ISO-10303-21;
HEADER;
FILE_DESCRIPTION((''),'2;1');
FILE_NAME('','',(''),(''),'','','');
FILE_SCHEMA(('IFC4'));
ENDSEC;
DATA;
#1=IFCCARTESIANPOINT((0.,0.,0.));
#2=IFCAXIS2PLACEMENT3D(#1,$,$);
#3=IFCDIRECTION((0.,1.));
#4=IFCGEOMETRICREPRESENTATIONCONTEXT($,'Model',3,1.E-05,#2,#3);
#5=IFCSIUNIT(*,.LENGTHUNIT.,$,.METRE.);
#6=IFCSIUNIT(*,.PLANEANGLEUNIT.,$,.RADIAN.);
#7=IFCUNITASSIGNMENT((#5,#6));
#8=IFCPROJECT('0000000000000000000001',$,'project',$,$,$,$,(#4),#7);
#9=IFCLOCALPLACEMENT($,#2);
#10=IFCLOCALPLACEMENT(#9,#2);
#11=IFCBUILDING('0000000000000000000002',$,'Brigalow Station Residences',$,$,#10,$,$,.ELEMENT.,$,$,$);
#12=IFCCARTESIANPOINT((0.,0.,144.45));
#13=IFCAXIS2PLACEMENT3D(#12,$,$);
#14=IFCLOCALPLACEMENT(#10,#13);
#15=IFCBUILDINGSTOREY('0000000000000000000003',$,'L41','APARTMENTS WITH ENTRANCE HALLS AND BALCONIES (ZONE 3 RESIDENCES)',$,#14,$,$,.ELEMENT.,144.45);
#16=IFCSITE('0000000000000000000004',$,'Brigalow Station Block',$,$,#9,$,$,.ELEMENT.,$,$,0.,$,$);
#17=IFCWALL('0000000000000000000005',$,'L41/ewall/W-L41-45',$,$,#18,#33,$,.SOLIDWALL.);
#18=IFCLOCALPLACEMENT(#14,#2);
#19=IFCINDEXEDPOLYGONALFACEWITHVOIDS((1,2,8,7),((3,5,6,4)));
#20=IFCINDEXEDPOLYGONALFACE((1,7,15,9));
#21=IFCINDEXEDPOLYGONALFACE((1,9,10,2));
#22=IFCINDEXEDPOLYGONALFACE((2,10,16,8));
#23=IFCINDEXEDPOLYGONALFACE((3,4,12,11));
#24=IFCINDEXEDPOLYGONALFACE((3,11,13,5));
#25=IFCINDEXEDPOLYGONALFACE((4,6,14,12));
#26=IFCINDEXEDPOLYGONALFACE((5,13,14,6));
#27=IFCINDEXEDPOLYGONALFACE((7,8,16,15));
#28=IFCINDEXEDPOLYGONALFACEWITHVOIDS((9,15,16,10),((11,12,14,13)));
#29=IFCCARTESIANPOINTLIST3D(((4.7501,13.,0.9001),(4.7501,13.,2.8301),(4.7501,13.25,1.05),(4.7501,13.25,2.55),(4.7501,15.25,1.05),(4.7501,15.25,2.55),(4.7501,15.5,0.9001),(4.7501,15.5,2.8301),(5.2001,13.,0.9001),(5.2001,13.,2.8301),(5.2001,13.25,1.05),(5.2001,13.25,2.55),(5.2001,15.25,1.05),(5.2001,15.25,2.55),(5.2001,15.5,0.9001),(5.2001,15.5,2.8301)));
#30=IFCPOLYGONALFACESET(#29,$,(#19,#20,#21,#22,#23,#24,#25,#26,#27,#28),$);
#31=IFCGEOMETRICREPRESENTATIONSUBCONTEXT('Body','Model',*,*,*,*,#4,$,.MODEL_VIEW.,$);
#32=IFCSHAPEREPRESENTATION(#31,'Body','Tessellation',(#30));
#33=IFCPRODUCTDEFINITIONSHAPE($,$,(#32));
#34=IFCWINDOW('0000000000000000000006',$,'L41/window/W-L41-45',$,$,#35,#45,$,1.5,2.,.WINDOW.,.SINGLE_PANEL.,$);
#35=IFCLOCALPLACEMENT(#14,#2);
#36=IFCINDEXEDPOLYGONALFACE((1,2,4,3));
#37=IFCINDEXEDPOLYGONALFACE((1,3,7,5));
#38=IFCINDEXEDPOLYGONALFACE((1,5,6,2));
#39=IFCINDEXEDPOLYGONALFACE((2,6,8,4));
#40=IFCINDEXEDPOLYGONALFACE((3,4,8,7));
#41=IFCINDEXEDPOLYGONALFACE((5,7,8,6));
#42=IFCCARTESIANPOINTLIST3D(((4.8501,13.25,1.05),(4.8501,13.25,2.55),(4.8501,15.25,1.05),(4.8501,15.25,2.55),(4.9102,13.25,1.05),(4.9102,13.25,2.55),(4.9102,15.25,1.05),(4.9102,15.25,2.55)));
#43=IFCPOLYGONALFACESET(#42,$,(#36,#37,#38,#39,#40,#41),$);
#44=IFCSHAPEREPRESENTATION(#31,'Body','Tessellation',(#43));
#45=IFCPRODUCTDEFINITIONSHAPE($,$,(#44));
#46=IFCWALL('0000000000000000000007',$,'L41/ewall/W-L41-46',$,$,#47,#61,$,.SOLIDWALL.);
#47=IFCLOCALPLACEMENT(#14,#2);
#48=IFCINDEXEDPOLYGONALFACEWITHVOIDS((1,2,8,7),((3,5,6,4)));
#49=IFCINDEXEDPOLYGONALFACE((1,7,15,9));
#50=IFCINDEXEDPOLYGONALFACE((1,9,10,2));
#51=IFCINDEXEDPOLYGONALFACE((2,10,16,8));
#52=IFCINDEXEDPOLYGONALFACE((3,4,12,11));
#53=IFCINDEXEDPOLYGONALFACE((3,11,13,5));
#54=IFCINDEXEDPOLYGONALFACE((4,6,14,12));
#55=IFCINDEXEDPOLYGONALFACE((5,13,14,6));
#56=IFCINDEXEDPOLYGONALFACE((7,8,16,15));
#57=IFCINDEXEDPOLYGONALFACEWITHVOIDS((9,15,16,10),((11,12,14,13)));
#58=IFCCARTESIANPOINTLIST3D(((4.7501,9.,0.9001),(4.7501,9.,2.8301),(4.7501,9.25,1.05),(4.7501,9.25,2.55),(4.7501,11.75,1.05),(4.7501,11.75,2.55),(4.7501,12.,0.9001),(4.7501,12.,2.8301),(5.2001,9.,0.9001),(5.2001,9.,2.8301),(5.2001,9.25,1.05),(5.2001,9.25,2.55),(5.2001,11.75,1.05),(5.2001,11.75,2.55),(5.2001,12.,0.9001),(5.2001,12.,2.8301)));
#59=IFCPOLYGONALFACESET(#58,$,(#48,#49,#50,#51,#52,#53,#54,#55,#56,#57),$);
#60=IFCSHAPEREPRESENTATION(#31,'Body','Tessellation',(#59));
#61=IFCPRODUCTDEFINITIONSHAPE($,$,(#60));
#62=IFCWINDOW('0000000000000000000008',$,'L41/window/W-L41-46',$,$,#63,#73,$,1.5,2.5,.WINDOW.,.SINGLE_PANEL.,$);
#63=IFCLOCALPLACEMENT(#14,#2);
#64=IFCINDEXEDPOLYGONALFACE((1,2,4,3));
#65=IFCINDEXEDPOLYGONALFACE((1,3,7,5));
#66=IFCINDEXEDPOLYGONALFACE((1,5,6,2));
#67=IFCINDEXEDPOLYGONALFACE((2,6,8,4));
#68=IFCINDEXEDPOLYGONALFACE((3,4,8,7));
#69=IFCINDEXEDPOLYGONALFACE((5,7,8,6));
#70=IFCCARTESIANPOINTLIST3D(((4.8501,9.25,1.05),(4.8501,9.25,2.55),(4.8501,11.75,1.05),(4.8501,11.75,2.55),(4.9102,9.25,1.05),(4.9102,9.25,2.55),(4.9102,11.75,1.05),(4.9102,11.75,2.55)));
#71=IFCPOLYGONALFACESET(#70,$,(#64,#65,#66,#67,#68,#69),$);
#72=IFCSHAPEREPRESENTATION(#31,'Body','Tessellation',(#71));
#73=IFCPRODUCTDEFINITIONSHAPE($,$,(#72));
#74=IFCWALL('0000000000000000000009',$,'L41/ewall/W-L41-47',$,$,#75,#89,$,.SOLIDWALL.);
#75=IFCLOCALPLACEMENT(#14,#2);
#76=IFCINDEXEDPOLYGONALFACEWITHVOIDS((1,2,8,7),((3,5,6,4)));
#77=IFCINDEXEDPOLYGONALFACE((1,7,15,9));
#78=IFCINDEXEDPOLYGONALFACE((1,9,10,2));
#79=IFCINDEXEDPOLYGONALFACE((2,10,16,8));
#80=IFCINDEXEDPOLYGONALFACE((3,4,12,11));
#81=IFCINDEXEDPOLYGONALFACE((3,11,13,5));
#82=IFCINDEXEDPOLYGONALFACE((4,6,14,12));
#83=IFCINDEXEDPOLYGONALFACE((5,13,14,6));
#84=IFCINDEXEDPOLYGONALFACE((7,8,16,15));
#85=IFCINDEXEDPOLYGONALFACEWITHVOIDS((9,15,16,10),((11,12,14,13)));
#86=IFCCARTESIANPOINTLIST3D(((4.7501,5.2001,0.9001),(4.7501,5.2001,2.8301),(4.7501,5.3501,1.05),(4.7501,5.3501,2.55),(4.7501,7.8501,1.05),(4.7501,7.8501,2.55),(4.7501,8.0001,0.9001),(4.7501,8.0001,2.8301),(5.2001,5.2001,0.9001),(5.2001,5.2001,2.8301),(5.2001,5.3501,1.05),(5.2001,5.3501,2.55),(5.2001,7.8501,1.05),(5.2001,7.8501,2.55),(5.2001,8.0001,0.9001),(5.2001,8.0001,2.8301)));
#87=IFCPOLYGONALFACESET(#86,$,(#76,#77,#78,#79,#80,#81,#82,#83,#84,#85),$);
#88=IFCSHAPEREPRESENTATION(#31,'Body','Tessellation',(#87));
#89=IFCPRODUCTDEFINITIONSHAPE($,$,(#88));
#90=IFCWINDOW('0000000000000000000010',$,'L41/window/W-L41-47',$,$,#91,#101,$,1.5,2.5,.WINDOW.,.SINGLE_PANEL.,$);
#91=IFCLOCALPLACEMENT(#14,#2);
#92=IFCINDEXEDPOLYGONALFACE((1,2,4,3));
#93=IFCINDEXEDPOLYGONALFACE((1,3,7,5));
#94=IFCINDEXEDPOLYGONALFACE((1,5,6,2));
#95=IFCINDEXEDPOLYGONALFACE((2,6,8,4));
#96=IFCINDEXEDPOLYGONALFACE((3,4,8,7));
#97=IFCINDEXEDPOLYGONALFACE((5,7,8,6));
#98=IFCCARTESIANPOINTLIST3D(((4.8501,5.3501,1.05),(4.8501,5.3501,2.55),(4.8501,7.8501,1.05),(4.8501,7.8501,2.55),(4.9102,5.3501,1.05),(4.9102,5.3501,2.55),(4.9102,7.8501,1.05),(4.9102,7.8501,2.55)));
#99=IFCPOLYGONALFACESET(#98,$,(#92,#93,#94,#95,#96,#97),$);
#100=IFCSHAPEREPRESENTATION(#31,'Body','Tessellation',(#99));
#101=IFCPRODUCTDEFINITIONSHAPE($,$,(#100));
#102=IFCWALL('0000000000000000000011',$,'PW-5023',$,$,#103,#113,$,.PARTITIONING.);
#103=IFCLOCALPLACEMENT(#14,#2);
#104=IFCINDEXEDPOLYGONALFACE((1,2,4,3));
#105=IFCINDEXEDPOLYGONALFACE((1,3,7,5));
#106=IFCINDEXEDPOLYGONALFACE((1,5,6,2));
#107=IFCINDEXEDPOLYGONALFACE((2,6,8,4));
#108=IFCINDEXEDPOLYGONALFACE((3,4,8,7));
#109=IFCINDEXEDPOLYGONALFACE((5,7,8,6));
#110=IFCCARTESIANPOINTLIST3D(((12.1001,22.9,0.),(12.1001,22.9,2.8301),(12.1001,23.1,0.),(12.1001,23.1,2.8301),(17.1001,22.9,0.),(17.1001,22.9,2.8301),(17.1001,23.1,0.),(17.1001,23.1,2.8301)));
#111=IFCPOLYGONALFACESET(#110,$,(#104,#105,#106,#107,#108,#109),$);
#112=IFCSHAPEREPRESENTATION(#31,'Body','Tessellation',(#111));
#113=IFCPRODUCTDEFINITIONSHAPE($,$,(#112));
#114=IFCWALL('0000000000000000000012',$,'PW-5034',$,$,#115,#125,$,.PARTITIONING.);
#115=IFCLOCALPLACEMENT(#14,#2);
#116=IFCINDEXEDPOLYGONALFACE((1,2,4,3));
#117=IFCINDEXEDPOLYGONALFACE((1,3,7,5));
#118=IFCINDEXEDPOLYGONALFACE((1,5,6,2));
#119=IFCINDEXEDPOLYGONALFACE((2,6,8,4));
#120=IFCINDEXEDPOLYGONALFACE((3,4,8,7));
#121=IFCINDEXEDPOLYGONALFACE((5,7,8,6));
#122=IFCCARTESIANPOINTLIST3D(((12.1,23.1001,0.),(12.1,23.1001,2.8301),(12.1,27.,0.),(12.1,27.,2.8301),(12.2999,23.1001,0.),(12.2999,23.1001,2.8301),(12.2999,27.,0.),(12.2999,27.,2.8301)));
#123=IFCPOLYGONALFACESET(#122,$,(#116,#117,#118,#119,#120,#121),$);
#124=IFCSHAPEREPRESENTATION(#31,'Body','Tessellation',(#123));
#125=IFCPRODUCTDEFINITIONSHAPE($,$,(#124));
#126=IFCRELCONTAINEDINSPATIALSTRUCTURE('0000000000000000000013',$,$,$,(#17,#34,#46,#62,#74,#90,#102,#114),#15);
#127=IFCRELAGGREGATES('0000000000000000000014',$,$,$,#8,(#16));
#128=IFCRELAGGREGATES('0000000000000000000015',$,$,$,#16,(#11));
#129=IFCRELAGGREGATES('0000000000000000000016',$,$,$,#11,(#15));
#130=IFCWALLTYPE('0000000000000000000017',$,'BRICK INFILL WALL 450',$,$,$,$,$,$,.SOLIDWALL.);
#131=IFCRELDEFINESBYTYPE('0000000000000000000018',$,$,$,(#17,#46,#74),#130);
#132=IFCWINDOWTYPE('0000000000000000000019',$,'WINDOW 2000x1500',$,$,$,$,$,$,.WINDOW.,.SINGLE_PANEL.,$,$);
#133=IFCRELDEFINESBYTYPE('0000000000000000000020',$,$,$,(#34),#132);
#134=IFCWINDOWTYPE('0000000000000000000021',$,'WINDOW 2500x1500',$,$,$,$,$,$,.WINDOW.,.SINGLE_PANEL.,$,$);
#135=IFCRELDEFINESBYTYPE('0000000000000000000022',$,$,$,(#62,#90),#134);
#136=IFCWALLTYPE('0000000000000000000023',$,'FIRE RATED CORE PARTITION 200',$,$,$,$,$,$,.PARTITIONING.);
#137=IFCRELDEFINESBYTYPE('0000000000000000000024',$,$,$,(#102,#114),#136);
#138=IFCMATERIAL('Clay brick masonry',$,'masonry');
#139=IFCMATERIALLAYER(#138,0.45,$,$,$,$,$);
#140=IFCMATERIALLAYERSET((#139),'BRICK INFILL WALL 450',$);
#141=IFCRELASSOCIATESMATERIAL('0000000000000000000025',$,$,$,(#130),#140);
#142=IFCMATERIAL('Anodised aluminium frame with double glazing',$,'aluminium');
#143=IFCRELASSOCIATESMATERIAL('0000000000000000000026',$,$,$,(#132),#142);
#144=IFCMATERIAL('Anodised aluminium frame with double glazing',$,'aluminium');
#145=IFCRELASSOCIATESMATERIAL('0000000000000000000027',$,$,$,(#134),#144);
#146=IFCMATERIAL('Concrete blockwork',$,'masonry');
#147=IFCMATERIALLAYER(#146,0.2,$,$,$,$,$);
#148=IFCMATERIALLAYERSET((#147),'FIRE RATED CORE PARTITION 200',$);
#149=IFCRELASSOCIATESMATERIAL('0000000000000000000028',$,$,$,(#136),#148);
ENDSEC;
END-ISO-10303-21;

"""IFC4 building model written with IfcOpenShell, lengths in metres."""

from ifc_helpers import new_model, si_unit, direction, frame, frame_2d, origin, place, context, subcontext, project, spatial, rectangle, extrude, material, layer, layer_set, type_object, element, fill, save


model = new_model("IFC4")

# Units and contexts
model_context = context("Model", 3, precision=1e-05, world=origin(), true_north=direction((0.0, 1.0)))
body_context = subcontext(model_context, "Body", "Model", "MODEL_VIEW")
ifc_project = project(units=[si_unit("LENGTHUNIT", "METRE"), si_unit("PLANEANGLEUNIT", "RADIAN")], contexts=[model_context])

# Site, building, storey
site_placement = place(None, origin())
site = spatial("IfcSite", under=ifc_project, at=site_placement, Name="Brigalow Station Block", CompositionType="ELEMENT", RefElevation=0.0)
building_placement = place(site_placement, origin())
building = spatial("IfcBuilding", under=site, at=building_placement, Name="Brigalow Station Residences", CompositionType="ELEMENT")
storey_placement = place(building_placement, frame((0.0, 0.0, 144.45)))
storey = spatial("IfcBuildingStorey", under=building, at=storey_placement, Name="L41", Description="APARTMENTS WITH ENTRANCE HALLS AND BALCONIES (ZONE 3 RESIDENCES)", CompositionType="ELEMENT", Elevation=144.45)

# Shared definitions
ifc_material_1 = material(Name="Clay brick masonry", Category="masonry")
ifc_layer_1 = layer(ifc_material_1, 0.45)
ifc_layer_set_1 = layer_set([ifc_layer_1], Name="BRICK INFILL WALL 450")
wall_type_1 = type_object("IfcWallType", Name="BRICK INFILL WALL 450", PredefinedType="SOLIDWALL", material=ifc_layer_set_1)

# Walls, openings, windows
wall_1_placement = place(storey_placement, frame((4.9751, 15.5, 0.9001), z_axis=(0.0, 0.0, 1.0), x_axis=(0.0, -1.0, 0.0)))
wall_1 = element("IfcWall", 1, at=wall_1_placement, inside=storey, type_object=wall_type_1, Name="L41/ewall/W-L41-45", PredefinedType="SOLIDWALL", context=body_context, shape_type="SweptSolid", body=[
    extrude(rectangle(XDim=2.5, YDim=0.45, at=frame_2d((1.25, 0.0))), origin(), (0.0, 0.0, 1.0), 1.9299),
])
opening_1_placement = place(wall_1_placement, frame((0.25, 0.0, 0.1499)))
opening_1 = element("IfcOpeningElement", 2, at=opening_1_placement, cuts=wall_1, PredefinedType="OPENING", context=body_context, shape_type="SweptSolid", body=[
    extrude(rectangle(XDim=2.0, YDim=1.5, at=frame_2d((1.0, 0.75))), frame((0.0, 0.2349, 0.0), z_axis=(0.0, -1.0, 0.0), x_axis=(1.0, 0.0, 0.0)), (0.0, 0.0, 1.0), 0.47),
])
ifc_material_2 = material(Name="Anodised aluminium frame with double glazing", Category="aluminium")
window_type_1 = type_object("IfcWindowType", Name="WINDOW 2000x1500", PartitioningType="SINGLE_PANEL", PredefinedType="WINDOW", material=ifc_material_2)
window_1_placement = place(opening_1_placement, origin())
window_1 = element("IfcWindow", 3, at=window_1_placement, inside=storey, type_object=window_type_1, Name="L41/window/W-L41-45", OverallHeight=1.5, OverallWidth=2.0, PartitioningType="SINGLE_PANEL", PredefinedType="WINDOW", context=body_context, shape_type="SweptSolid", body=[
    extrude(rectangle(XDim=2.0, YDim=1.5, at=frame_2d((1.0, 0.75))), frame((0.0, -0.0649, 0.0), z_axis=(0.0, -1.0, 0.0), x_axis=(1.0, 0.0, 0.0)), (0.0, 0.0, 1.0), 0.0601),
])
fill(opening_1, window_1)
wall_2_placement = place(storey_placement, frame((4.9751, 12.0, 0.9001), z_axis=(0.0, 0.0, 1.0), x_axis=(0.0, -1.0, 0.0)))
wall_2 = element("IfcWall", 4, at=wall_2_placement, inside=storey, type_object=wall_type_1, Name="L41/ewall/W-L41-46", PredefinedType="SOLIDWALL", context=body_context, shape_type="SweptSolid", body=[
    extrude(rectangle(XDim=3.0, YDim=0.45, at=frame_2d((1.5, 0.0))), origin(), (0.0, 0.0, 1.0), 1.9299),
])
opening_2_placement = place(wall_2_placement, frame((0.25, 0.0, 0.1499)))
opening_2 = element("IfcOpeningElement", 5, at=opening_2_placement, cuts=wall_2, PredefinedType="OPENING", context=body_context, shape_type="SweptSolid", body=[
    extrude(rectangle(XDim=2.5, YDim=1.5, at=frame_2d((1.25, 0.75))), frame((0.0, 0.2349, 0.0), z_axis=(0.0, -1.0, 0.0), x_axis=(1.0, 0.0, 0.0)), (0.0, 0.0, 1.0), 0.47),
])
ifc_material_3 = material(Name="Anodised aluminium frame with double glazing", Category="aluminium")
window_type_2 = type_object("IfcWindowType", Name="WINDOW 2500x1500", PartitioningType="SINGLE_PANEL", PredefinedType="WINDOW", material=ifc_material_3)
window_2_placement = place(opening_2_placement, origin())
window_2 = element("IfcWindow", 6, at=window_2_placement, inside=storey, type_object=window_type_2, Name="L41/window/W-L41-46", OverallHeight=1.5, OverallWidth=2.5, PartitioningType="SINGLE_PANEL", PredefinedType="WINDOW", context=body_context, shape_type="SweptSolid", body=[
    extrude(rectangle(XDim=2.5, YDim=1.5, at=frame_2d((1.25, 0.75))), frame((0.0, -0.0649, 0.0), z_axis=(0.0, -1.0, 0.0), x_axis=(1.0, 0.0, 0.0)), (0.0, 0.0, 1.0), 0.0601),
])
fill(opening_2, window_2)
wall_3_placement = place(storey_placement, frame((4.9751, 8.0, 0.9001), z_axis=(0.0, 0.0, 1.0), x_axis=(0.0, -1.0, 0.0)))
wall_3 = element("IfcWall", 7, at=wall_3_placement, inside=storey, type_object=wall_type_1, Name="L41/ewall/W-L41-47", PredefinedType="SOLIDWALL", context=body_context, shape_type="SweptSolid", body=[
    extrude(rectangle(XDim=2.8, YDim=0.45, at=frame_2d((1.3999, 0.0))), origin(), (0.0, 0.0, 1.0), 1.9299),
])
opening_3_placement = place(wall_3_placement, frame((0.1499, 0.0, 0.1499)))
opening_3 = element("IfcOpeningElement", 8, at=opening_3_placement, cuts=wall_3, PredefinedType="OPENING", context=body_context, shape_type="SweptSolid", body=[
    extrude(rectangle(XDim=2.5, YDim=1.5, at=frame_2d((1.25, 0.75))), frame((0.0, 0.2349, 0.0), z_axis=(0.0, -1.0, 0.0), x_axis=(1.0, 0.0, 0.0)), (0.0, 0.0, 1.0), 0.47),
])
window_3_placement = place(opening_3_placement, origin())
window_3 = element("IfcWindow", 9, at=window_3_placement, inside=storey, type_object=window_type_2, Name="L41/window/W-L41-47", OverallHeight=1.5, OverallWidth=2.5, PartitioningType="SINGLE_PANEL", PredefinedType="WINDOW", context=body_context, shape_type="SweptSolid", body=[
    extrude(rectangle(XDim=2.5, YDim=1.5, at=frame_2d((1.25, 0.75))), frame((0.0, -0.0649, 0.0), z_axis=(0.0, -1.0, 0.0), x_axis=(1.0, 0.0, 0.0)), (0.0, 0.0, 1.0), 0.0601),
])
fill(opening_3, window_3)

# Walls
ifc_material_4 = material(Name="Concrete blockwork", Category="masonry")
ifc_layer_2 = layer(ifc_material_4, 0.2)
ifc_layer_set_2 = layer_set([ifc_layer_2], Name="FIRE RATED CORE PARTITION 200")
wall_type_2 = type_object("IfcWallType", Name="FIRE RATED CORE PARTITION 200", PredefinedType="PARTITIONING", material=ifc_layer_set_2)
wall_4_placement = place(storey_placement, frame((12.1001, 23.0, 0.0), z_axis=(0.0, 0.0, 1.0), x_axis=(1.0, 0.0, 0.0)))
element("IfcWall", 10, at=wall_4_placement, inside=storey, type_object=wall_type_2, Name="PW-5023", PredefinedType="PARTITIONING", context=body_context, shape_type="SweptSolid", body=[
    extrude(rectangle(XDim=5.0, YDim=0.2, at=frame_2d((2.5, 0.0))), origin(), (0.0, 0.0, 1.0), 2.8301),
])
wall_5_placement = place(storey_placement, frame((12.2, 23.1001, 0.0), z_axis=(0.0, 0.0, 1.0), x_axis=(0.0, 1.0, 0.0)))
element("IfcWall", 11, at=wall_5_placement, inside=storey, type_object=wall_type_2, Name="PW-5034", PredefinedType="PARTITIONING", context=body_context, shape_type="SweptSolid", body=[
    extrude(rectangle(XDim=3.8999, YDim=0.2, at=frame_2d((1.95, 0.0))), origin(), (0.0, 0.0, 1.0), 2.8301),
])

save(model, "model.ifc")
